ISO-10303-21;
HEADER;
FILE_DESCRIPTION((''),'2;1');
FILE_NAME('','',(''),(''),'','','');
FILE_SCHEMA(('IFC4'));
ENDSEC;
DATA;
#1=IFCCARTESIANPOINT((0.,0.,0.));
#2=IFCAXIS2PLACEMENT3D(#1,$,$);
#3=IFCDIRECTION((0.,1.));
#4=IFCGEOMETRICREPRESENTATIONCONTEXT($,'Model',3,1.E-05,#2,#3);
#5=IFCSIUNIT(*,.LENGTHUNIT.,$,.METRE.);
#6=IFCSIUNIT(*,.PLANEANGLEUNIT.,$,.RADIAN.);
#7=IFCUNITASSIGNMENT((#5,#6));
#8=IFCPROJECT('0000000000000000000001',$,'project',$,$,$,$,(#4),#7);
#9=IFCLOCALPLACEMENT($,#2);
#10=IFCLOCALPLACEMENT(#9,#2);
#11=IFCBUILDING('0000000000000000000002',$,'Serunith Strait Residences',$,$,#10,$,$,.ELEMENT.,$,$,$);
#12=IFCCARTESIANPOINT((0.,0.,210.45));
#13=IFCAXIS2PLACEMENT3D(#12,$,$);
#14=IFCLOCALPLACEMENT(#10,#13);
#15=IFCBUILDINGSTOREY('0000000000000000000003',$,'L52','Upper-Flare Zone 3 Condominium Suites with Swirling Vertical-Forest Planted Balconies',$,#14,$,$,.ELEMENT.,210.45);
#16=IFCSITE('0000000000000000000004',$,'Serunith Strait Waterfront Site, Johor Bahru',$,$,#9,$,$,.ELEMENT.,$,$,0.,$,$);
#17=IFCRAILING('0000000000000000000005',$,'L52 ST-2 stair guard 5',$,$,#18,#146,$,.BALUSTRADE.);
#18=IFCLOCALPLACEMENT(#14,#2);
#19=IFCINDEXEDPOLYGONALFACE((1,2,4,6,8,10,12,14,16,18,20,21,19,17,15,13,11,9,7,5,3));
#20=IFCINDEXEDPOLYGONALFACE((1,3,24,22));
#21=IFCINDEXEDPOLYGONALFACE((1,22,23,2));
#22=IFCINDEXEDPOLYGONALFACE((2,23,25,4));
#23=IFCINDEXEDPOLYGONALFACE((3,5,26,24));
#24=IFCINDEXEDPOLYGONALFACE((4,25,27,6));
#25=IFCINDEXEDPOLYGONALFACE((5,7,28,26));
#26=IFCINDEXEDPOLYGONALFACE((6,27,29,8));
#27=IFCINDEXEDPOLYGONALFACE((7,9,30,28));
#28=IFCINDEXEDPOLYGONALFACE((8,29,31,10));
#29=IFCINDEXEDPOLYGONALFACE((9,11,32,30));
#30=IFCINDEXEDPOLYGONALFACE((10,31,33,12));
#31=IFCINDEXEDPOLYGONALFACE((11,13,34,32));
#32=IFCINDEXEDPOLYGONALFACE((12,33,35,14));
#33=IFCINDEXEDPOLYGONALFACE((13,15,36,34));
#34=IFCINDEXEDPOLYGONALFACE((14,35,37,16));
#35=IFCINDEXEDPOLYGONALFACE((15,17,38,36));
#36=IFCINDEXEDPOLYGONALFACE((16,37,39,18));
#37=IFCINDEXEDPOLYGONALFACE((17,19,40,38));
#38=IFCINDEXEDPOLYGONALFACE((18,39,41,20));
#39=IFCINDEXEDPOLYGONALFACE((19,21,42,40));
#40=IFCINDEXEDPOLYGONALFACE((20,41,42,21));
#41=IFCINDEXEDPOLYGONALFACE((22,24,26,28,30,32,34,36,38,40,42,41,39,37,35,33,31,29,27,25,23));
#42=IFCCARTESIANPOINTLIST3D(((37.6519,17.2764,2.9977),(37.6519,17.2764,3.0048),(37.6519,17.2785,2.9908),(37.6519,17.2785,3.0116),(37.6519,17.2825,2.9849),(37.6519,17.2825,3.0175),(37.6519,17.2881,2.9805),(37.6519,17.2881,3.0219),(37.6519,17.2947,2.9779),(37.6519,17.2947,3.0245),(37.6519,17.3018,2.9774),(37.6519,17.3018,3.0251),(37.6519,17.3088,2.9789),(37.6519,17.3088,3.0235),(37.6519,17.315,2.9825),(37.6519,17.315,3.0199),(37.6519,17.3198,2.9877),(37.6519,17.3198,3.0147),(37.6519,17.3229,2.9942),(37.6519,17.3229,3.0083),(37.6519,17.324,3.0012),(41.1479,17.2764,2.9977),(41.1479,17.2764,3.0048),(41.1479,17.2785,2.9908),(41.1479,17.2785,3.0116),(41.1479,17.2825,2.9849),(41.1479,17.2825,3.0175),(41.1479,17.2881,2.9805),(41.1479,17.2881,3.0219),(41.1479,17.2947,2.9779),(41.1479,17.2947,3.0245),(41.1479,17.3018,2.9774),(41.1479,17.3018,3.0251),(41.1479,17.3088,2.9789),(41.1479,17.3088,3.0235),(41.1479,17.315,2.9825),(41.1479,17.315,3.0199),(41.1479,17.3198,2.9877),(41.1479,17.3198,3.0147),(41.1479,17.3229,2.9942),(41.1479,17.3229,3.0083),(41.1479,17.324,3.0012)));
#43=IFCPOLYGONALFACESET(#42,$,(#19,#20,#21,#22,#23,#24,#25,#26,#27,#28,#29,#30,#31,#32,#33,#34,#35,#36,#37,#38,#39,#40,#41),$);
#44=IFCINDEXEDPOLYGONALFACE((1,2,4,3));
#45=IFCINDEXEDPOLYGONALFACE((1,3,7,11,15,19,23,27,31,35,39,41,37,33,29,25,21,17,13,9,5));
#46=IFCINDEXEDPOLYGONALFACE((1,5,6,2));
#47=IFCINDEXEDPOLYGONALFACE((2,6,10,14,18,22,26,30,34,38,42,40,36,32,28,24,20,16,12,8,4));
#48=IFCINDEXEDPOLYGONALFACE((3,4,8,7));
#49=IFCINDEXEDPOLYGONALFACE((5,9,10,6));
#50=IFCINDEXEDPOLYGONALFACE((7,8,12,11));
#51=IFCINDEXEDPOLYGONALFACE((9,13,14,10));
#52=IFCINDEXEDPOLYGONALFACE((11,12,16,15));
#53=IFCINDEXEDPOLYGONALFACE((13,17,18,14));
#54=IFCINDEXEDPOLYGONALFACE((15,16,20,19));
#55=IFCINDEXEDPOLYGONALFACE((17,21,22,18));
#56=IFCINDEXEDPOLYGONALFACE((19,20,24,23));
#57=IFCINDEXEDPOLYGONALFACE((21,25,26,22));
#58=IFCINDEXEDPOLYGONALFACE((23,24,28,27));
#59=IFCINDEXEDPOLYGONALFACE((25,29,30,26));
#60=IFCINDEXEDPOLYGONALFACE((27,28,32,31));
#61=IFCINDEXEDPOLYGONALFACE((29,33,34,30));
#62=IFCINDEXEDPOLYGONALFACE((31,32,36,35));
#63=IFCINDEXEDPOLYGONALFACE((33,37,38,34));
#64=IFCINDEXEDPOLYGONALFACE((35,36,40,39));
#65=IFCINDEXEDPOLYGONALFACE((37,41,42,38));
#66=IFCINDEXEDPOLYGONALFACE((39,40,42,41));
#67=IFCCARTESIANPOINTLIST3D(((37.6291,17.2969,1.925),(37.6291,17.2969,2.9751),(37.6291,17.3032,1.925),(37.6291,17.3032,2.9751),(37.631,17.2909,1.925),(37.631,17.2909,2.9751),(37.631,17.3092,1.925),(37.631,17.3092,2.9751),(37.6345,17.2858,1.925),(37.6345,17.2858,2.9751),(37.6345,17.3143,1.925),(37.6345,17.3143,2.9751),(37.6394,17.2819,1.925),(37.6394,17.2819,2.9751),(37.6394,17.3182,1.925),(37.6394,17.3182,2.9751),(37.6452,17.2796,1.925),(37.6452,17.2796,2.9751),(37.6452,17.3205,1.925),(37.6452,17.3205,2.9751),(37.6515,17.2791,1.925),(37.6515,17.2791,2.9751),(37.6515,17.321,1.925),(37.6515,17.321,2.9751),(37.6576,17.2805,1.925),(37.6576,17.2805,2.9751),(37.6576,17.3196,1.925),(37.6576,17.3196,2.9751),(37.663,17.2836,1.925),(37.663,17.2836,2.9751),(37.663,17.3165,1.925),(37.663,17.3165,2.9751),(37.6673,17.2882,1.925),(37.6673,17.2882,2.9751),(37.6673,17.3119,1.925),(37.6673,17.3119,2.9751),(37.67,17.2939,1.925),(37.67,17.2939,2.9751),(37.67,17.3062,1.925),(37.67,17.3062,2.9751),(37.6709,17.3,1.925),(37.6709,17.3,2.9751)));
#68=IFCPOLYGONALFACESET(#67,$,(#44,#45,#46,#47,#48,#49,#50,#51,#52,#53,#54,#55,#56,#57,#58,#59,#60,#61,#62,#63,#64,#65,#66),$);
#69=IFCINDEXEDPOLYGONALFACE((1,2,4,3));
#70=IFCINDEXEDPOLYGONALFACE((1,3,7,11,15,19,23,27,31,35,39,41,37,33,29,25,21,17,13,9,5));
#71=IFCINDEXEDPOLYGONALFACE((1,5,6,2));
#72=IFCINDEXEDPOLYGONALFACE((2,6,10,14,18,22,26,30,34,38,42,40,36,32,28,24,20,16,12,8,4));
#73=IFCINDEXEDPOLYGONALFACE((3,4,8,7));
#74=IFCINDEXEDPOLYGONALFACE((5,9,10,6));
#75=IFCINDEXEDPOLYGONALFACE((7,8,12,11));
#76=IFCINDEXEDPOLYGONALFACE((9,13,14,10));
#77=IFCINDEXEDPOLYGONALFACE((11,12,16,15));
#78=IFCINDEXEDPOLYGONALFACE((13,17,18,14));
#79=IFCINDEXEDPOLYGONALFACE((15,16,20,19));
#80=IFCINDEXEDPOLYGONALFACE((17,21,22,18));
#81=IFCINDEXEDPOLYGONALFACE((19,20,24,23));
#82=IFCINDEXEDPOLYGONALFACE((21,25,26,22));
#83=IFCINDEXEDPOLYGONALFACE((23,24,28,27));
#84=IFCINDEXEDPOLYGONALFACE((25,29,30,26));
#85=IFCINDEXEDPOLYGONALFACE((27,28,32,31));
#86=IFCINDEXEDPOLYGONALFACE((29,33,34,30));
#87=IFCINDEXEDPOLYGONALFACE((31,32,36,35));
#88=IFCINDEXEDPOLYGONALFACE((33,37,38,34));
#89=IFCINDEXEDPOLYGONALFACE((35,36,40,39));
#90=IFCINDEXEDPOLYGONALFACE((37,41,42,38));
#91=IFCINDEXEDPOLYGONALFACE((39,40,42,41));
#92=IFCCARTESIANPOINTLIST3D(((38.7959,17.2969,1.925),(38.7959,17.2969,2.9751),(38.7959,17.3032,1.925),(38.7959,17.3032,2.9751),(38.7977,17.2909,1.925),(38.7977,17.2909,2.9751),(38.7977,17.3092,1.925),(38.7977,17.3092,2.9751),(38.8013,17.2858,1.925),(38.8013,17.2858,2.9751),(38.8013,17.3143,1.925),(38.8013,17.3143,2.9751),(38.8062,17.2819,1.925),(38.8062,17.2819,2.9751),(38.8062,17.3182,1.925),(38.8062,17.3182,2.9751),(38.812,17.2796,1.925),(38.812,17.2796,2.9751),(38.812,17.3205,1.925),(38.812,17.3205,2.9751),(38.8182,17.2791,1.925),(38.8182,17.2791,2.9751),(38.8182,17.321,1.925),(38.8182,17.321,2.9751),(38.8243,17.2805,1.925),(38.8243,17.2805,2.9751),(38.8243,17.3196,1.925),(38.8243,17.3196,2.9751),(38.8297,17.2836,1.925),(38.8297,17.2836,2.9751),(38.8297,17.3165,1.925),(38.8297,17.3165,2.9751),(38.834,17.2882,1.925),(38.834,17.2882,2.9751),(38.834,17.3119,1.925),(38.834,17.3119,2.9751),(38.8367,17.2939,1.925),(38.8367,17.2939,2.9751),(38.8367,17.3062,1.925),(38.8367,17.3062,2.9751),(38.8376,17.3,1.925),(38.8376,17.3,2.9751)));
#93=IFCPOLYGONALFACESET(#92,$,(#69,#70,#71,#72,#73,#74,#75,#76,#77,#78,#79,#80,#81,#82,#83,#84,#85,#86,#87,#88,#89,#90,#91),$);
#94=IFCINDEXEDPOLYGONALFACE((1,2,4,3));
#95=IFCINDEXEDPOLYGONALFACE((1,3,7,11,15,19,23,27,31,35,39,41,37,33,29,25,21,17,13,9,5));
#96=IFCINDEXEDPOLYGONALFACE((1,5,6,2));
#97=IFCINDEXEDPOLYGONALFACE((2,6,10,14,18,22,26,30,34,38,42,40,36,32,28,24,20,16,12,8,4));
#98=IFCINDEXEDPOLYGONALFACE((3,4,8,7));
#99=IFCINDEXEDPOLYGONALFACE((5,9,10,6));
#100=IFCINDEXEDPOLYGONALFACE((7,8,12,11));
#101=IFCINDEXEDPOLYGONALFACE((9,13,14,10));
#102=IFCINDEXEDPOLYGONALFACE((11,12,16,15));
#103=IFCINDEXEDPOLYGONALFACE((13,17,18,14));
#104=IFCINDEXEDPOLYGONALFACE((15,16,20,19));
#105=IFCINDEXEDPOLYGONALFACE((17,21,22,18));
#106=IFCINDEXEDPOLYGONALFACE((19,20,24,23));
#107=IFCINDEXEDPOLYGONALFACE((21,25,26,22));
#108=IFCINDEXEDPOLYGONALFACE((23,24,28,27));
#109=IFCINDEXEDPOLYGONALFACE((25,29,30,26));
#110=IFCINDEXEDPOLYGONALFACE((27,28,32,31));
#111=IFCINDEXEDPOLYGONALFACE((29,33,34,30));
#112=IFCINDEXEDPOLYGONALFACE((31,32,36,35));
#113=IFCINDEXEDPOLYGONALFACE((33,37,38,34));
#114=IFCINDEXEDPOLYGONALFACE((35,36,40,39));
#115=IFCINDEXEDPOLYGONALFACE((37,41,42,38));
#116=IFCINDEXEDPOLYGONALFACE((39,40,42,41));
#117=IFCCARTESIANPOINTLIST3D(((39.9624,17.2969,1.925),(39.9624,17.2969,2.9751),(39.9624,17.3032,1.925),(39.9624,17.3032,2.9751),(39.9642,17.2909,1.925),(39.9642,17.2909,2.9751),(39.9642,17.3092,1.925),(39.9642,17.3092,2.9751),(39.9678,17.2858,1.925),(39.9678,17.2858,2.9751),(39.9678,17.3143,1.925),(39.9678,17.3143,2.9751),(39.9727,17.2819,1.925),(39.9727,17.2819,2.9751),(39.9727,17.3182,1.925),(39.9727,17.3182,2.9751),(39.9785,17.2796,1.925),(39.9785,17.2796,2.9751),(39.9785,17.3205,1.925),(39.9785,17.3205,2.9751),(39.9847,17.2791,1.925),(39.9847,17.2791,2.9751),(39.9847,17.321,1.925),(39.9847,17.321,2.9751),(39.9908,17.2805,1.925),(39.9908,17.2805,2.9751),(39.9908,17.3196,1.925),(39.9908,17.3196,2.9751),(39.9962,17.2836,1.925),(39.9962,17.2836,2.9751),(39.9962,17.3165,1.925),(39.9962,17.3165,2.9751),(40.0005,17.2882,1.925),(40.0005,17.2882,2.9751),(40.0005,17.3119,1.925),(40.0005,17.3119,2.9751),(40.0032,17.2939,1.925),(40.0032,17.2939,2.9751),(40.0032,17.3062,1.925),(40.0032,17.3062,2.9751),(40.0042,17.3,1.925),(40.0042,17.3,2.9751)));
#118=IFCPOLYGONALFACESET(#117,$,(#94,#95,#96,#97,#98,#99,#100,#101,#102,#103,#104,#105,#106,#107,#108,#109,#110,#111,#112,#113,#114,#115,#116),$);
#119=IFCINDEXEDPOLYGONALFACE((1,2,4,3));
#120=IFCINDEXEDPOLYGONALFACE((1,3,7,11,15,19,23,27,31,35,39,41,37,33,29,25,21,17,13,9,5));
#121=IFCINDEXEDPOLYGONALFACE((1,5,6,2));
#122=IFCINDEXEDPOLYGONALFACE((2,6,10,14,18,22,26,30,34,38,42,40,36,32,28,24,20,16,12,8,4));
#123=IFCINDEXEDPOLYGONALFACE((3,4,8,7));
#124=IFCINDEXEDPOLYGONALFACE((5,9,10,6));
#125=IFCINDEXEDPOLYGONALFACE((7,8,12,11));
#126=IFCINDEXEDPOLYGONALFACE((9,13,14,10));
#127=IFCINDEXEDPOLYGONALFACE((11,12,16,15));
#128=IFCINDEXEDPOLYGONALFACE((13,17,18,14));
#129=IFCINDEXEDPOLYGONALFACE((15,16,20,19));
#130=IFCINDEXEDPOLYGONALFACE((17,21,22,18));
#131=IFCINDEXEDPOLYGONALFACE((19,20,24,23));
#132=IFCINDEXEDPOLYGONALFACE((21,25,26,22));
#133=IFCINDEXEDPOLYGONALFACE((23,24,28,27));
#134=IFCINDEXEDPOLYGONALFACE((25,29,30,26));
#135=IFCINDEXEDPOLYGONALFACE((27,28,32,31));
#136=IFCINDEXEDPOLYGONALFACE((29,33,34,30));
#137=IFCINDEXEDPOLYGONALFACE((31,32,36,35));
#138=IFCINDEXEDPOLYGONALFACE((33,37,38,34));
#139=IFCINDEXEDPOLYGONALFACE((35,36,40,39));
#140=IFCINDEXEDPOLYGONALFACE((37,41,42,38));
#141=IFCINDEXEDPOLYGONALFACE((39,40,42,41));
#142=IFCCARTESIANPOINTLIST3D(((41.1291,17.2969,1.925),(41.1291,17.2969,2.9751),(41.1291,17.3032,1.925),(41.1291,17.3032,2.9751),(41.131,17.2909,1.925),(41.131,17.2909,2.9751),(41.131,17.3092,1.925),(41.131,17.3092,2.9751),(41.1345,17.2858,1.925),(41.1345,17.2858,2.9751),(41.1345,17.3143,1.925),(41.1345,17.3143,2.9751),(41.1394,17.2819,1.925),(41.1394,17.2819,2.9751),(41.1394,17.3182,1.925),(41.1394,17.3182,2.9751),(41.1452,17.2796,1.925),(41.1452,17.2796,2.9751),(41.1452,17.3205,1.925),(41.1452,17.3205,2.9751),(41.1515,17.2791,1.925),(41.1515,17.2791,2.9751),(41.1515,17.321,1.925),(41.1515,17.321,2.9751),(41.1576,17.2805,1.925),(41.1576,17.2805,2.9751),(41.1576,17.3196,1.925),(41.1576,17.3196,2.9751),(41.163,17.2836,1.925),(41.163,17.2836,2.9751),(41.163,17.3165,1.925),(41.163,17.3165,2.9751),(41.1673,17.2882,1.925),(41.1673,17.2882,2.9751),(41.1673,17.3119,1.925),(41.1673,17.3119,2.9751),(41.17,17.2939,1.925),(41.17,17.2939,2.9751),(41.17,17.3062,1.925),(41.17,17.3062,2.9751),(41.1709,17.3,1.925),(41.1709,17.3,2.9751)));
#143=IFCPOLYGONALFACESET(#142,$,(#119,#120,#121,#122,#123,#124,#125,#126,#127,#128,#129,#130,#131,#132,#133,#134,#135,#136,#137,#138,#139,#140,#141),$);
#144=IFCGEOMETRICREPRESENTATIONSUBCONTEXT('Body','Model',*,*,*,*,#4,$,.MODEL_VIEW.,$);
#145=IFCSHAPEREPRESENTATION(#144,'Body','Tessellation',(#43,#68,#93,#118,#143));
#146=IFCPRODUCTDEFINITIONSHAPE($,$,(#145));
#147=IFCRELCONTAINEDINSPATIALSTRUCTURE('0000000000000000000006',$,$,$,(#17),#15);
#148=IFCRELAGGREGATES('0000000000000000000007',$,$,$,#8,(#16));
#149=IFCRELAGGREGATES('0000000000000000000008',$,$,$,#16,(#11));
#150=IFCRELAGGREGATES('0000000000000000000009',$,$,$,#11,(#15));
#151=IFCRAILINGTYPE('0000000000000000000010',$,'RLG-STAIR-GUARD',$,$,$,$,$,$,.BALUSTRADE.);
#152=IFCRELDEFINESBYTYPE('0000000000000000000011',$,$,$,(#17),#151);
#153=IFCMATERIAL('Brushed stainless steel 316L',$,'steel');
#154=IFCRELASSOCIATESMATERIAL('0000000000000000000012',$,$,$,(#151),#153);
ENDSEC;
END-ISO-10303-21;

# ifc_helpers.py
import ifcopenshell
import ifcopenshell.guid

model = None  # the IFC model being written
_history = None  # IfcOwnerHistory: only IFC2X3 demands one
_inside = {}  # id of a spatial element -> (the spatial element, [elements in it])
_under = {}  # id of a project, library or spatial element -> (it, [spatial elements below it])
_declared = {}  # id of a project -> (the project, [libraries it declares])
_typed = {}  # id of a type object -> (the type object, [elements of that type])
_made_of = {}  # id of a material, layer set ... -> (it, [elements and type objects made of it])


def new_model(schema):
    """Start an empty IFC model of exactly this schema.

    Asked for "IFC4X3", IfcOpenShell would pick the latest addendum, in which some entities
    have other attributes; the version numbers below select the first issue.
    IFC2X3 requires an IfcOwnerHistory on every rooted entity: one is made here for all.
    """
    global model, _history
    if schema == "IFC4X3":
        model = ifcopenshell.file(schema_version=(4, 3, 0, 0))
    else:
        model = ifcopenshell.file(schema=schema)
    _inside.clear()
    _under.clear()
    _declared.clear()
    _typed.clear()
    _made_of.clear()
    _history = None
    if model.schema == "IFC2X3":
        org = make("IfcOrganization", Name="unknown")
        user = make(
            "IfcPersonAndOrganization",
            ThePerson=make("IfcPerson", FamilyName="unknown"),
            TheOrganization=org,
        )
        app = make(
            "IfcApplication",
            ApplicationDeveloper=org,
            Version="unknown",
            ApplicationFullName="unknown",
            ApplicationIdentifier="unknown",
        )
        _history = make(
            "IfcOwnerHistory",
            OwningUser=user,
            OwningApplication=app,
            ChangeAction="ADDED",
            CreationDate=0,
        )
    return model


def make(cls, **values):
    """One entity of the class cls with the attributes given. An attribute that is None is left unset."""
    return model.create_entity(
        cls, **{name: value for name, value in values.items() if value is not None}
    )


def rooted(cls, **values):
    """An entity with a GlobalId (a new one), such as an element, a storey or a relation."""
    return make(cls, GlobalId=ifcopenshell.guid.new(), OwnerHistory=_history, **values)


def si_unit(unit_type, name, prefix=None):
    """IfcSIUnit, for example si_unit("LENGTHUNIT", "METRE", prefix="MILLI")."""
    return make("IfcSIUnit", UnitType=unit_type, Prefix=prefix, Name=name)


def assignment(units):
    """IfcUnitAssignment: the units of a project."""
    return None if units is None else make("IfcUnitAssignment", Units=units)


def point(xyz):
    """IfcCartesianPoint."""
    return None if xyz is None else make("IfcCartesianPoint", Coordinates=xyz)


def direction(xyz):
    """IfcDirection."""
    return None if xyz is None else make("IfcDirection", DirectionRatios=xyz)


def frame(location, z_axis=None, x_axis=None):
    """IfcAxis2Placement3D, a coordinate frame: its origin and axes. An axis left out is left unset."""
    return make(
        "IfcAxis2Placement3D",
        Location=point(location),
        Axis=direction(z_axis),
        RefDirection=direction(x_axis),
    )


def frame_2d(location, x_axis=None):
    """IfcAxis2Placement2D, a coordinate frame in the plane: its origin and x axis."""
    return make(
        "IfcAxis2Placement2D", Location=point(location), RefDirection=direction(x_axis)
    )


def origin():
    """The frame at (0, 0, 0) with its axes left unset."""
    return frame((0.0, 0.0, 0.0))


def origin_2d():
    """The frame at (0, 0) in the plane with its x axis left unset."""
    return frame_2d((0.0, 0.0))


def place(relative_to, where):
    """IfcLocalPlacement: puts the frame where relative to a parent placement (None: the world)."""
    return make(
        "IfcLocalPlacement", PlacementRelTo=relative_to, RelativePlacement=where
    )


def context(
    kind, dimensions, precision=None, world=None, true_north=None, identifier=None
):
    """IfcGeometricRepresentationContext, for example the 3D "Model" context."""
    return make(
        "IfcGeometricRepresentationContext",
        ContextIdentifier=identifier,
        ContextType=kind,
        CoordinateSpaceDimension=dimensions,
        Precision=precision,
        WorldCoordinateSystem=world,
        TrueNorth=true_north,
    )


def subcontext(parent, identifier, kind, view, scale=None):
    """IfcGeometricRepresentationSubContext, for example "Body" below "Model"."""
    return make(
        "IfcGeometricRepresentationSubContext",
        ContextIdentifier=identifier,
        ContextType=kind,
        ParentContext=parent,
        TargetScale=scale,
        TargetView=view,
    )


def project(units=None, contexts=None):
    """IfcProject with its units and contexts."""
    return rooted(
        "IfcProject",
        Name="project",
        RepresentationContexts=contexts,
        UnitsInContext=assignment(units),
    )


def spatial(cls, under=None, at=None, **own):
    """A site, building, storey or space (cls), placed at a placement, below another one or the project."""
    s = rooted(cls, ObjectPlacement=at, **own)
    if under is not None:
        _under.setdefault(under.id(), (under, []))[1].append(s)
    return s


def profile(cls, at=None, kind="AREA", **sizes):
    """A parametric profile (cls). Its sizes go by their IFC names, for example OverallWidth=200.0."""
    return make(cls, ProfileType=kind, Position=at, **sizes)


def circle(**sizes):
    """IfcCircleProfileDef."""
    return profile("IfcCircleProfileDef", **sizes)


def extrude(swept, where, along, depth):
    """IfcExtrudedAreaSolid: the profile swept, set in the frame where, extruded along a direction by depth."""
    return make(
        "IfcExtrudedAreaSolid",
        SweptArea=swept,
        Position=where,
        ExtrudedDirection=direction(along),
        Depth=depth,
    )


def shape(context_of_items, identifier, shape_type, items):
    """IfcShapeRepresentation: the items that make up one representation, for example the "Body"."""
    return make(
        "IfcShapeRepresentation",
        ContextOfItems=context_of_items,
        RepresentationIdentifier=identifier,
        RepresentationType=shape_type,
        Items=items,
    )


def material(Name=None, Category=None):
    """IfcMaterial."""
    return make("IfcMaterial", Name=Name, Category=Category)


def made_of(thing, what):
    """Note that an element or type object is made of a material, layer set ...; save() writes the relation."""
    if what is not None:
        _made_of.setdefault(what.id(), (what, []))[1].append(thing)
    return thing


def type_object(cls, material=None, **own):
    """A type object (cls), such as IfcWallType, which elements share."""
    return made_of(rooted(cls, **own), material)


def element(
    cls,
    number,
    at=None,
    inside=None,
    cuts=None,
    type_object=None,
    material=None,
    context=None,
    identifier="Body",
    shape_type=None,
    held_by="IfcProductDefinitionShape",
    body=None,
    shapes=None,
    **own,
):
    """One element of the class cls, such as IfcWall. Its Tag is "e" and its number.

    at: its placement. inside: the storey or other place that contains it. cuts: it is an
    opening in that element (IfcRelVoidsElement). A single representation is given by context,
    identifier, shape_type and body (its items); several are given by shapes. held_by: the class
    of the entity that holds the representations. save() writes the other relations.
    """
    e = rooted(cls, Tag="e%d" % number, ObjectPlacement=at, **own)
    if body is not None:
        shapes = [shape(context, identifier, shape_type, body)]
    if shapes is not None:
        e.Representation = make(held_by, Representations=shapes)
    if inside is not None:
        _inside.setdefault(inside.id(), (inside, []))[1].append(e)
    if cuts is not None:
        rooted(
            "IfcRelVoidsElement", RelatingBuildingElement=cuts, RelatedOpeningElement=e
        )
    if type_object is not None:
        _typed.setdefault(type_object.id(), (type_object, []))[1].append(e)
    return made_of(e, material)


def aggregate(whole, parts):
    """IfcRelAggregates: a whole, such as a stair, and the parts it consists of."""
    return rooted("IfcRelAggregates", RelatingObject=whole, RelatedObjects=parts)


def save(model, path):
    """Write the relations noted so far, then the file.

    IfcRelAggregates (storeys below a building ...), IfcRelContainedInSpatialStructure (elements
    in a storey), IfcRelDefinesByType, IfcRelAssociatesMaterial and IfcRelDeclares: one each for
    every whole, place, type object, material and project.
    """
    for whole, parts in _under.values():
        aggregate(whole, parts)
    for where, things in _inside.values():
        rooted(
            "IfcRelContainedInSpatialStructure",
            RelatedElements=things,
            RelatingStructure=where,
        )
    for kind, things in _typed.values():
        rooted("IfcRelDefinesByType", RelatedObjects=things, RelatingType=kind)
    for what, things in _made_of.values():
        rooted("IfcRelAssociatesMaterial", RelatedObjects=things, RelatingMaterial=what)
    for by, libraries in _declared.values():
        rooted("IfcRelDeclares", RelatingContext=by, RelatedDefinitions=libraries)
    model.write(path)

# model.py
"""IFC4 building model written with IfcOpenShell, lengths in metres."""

from ifc_helpers import new_model, si_unit, direction, frame, origin, origin_2d, place, context, subcontext, project, spatial, circle, extrude, material, type_object, element, save


model = new_model("IFC4")

# Units and contexts
model_context = context("Model", 3, precision=1e-05, world=origin(), true_north=direction((0.0, 1.0)))
body_context = subcontext(model_context, "Body", "Model", "MODEL_VIEW")
ifc_project = project(units=[si_unit("LENGTHUNIT", "METRE"), si_unit("PLANEANGLEUNIT", "RADIAN")], contexts=[model_context])

# Site, building, storey
site_placement = place(None, origin())
site = spatial("IfcSite", under=ifc_project, at=site_placement, Name="Serunith Strait Waterfront Site, Johor Bahru", CompositionType="ELEMENT", RefElevation=0.0)
building_placement = place(site_placement, origin())
building = spatial("IfcBuilding", under=site, at=building_placement, Name="Serunith Strait Residences", CompositionType="ELEMENT")
storey_placement = place(building_placement, frame((0.0, 0.0, 210.45)))
storey = spatial("IfcBuildingStorey", under=building, at=storey_placement, Name="L52", Description="Upper-Flare Zone 3 Condominium Suites with Swirling Vertical-Forest Planted Balconies", CompositionType="ELEMENT", Elevation=210.45)

# Railing
ifc_material_1 = material(Name="Brushed stainless steel 316L", Category="steel")
railing_type_1 = type_object("IfcRailingType", Name="RLG-STAIR-GUARD", PredefinedType="BALUSTRADE", material=ifc_material_1)
railing_1_placement = place(storey_placement, frame((37.6499, 17.3, 1.925)))
element("IfcRailing", 1, at=railing_1_placement, inside=storey, type_object=railing_type_1, Name="L52 ST-2 stair guard 5", PredefinedType="BALUSTRADE", context=body_context, shape_type="SweptSolid", body=[
    extrude(circle(Radius=0.0239, at=origin_2d()), frame((0.002, 0.0, 1.0762), z_axis=(1.0, 0.0, 0.0), x_axis=(0.0, 1.0, 0.0)), (0.0, 0.0, 1.0), 3.4961),
    extrude(circle(Radius=0.021, at=origin_2d()), origin(), (0.0, 0.0, 1.0), 1.05),
    extrude(circle(Radius=0.021, at=origin_2d()), frame((1.1667, 0.0, 0.0)), (0.0, 0.0, 1.0), 1.05),
    extrude(circle(Radius=0.021, at=origin_2d()), frame((2.3333, 0.0, 0.0)), (0.0, 0.0, 1.0), 1.05),
    extrude(circle(Radius=0.021, at=origin_2d()), frame((3.5, 0.0, 0.0)), (0.0, 0.0, 1.0), 1.05),
])

save(model, "model.ifc")
